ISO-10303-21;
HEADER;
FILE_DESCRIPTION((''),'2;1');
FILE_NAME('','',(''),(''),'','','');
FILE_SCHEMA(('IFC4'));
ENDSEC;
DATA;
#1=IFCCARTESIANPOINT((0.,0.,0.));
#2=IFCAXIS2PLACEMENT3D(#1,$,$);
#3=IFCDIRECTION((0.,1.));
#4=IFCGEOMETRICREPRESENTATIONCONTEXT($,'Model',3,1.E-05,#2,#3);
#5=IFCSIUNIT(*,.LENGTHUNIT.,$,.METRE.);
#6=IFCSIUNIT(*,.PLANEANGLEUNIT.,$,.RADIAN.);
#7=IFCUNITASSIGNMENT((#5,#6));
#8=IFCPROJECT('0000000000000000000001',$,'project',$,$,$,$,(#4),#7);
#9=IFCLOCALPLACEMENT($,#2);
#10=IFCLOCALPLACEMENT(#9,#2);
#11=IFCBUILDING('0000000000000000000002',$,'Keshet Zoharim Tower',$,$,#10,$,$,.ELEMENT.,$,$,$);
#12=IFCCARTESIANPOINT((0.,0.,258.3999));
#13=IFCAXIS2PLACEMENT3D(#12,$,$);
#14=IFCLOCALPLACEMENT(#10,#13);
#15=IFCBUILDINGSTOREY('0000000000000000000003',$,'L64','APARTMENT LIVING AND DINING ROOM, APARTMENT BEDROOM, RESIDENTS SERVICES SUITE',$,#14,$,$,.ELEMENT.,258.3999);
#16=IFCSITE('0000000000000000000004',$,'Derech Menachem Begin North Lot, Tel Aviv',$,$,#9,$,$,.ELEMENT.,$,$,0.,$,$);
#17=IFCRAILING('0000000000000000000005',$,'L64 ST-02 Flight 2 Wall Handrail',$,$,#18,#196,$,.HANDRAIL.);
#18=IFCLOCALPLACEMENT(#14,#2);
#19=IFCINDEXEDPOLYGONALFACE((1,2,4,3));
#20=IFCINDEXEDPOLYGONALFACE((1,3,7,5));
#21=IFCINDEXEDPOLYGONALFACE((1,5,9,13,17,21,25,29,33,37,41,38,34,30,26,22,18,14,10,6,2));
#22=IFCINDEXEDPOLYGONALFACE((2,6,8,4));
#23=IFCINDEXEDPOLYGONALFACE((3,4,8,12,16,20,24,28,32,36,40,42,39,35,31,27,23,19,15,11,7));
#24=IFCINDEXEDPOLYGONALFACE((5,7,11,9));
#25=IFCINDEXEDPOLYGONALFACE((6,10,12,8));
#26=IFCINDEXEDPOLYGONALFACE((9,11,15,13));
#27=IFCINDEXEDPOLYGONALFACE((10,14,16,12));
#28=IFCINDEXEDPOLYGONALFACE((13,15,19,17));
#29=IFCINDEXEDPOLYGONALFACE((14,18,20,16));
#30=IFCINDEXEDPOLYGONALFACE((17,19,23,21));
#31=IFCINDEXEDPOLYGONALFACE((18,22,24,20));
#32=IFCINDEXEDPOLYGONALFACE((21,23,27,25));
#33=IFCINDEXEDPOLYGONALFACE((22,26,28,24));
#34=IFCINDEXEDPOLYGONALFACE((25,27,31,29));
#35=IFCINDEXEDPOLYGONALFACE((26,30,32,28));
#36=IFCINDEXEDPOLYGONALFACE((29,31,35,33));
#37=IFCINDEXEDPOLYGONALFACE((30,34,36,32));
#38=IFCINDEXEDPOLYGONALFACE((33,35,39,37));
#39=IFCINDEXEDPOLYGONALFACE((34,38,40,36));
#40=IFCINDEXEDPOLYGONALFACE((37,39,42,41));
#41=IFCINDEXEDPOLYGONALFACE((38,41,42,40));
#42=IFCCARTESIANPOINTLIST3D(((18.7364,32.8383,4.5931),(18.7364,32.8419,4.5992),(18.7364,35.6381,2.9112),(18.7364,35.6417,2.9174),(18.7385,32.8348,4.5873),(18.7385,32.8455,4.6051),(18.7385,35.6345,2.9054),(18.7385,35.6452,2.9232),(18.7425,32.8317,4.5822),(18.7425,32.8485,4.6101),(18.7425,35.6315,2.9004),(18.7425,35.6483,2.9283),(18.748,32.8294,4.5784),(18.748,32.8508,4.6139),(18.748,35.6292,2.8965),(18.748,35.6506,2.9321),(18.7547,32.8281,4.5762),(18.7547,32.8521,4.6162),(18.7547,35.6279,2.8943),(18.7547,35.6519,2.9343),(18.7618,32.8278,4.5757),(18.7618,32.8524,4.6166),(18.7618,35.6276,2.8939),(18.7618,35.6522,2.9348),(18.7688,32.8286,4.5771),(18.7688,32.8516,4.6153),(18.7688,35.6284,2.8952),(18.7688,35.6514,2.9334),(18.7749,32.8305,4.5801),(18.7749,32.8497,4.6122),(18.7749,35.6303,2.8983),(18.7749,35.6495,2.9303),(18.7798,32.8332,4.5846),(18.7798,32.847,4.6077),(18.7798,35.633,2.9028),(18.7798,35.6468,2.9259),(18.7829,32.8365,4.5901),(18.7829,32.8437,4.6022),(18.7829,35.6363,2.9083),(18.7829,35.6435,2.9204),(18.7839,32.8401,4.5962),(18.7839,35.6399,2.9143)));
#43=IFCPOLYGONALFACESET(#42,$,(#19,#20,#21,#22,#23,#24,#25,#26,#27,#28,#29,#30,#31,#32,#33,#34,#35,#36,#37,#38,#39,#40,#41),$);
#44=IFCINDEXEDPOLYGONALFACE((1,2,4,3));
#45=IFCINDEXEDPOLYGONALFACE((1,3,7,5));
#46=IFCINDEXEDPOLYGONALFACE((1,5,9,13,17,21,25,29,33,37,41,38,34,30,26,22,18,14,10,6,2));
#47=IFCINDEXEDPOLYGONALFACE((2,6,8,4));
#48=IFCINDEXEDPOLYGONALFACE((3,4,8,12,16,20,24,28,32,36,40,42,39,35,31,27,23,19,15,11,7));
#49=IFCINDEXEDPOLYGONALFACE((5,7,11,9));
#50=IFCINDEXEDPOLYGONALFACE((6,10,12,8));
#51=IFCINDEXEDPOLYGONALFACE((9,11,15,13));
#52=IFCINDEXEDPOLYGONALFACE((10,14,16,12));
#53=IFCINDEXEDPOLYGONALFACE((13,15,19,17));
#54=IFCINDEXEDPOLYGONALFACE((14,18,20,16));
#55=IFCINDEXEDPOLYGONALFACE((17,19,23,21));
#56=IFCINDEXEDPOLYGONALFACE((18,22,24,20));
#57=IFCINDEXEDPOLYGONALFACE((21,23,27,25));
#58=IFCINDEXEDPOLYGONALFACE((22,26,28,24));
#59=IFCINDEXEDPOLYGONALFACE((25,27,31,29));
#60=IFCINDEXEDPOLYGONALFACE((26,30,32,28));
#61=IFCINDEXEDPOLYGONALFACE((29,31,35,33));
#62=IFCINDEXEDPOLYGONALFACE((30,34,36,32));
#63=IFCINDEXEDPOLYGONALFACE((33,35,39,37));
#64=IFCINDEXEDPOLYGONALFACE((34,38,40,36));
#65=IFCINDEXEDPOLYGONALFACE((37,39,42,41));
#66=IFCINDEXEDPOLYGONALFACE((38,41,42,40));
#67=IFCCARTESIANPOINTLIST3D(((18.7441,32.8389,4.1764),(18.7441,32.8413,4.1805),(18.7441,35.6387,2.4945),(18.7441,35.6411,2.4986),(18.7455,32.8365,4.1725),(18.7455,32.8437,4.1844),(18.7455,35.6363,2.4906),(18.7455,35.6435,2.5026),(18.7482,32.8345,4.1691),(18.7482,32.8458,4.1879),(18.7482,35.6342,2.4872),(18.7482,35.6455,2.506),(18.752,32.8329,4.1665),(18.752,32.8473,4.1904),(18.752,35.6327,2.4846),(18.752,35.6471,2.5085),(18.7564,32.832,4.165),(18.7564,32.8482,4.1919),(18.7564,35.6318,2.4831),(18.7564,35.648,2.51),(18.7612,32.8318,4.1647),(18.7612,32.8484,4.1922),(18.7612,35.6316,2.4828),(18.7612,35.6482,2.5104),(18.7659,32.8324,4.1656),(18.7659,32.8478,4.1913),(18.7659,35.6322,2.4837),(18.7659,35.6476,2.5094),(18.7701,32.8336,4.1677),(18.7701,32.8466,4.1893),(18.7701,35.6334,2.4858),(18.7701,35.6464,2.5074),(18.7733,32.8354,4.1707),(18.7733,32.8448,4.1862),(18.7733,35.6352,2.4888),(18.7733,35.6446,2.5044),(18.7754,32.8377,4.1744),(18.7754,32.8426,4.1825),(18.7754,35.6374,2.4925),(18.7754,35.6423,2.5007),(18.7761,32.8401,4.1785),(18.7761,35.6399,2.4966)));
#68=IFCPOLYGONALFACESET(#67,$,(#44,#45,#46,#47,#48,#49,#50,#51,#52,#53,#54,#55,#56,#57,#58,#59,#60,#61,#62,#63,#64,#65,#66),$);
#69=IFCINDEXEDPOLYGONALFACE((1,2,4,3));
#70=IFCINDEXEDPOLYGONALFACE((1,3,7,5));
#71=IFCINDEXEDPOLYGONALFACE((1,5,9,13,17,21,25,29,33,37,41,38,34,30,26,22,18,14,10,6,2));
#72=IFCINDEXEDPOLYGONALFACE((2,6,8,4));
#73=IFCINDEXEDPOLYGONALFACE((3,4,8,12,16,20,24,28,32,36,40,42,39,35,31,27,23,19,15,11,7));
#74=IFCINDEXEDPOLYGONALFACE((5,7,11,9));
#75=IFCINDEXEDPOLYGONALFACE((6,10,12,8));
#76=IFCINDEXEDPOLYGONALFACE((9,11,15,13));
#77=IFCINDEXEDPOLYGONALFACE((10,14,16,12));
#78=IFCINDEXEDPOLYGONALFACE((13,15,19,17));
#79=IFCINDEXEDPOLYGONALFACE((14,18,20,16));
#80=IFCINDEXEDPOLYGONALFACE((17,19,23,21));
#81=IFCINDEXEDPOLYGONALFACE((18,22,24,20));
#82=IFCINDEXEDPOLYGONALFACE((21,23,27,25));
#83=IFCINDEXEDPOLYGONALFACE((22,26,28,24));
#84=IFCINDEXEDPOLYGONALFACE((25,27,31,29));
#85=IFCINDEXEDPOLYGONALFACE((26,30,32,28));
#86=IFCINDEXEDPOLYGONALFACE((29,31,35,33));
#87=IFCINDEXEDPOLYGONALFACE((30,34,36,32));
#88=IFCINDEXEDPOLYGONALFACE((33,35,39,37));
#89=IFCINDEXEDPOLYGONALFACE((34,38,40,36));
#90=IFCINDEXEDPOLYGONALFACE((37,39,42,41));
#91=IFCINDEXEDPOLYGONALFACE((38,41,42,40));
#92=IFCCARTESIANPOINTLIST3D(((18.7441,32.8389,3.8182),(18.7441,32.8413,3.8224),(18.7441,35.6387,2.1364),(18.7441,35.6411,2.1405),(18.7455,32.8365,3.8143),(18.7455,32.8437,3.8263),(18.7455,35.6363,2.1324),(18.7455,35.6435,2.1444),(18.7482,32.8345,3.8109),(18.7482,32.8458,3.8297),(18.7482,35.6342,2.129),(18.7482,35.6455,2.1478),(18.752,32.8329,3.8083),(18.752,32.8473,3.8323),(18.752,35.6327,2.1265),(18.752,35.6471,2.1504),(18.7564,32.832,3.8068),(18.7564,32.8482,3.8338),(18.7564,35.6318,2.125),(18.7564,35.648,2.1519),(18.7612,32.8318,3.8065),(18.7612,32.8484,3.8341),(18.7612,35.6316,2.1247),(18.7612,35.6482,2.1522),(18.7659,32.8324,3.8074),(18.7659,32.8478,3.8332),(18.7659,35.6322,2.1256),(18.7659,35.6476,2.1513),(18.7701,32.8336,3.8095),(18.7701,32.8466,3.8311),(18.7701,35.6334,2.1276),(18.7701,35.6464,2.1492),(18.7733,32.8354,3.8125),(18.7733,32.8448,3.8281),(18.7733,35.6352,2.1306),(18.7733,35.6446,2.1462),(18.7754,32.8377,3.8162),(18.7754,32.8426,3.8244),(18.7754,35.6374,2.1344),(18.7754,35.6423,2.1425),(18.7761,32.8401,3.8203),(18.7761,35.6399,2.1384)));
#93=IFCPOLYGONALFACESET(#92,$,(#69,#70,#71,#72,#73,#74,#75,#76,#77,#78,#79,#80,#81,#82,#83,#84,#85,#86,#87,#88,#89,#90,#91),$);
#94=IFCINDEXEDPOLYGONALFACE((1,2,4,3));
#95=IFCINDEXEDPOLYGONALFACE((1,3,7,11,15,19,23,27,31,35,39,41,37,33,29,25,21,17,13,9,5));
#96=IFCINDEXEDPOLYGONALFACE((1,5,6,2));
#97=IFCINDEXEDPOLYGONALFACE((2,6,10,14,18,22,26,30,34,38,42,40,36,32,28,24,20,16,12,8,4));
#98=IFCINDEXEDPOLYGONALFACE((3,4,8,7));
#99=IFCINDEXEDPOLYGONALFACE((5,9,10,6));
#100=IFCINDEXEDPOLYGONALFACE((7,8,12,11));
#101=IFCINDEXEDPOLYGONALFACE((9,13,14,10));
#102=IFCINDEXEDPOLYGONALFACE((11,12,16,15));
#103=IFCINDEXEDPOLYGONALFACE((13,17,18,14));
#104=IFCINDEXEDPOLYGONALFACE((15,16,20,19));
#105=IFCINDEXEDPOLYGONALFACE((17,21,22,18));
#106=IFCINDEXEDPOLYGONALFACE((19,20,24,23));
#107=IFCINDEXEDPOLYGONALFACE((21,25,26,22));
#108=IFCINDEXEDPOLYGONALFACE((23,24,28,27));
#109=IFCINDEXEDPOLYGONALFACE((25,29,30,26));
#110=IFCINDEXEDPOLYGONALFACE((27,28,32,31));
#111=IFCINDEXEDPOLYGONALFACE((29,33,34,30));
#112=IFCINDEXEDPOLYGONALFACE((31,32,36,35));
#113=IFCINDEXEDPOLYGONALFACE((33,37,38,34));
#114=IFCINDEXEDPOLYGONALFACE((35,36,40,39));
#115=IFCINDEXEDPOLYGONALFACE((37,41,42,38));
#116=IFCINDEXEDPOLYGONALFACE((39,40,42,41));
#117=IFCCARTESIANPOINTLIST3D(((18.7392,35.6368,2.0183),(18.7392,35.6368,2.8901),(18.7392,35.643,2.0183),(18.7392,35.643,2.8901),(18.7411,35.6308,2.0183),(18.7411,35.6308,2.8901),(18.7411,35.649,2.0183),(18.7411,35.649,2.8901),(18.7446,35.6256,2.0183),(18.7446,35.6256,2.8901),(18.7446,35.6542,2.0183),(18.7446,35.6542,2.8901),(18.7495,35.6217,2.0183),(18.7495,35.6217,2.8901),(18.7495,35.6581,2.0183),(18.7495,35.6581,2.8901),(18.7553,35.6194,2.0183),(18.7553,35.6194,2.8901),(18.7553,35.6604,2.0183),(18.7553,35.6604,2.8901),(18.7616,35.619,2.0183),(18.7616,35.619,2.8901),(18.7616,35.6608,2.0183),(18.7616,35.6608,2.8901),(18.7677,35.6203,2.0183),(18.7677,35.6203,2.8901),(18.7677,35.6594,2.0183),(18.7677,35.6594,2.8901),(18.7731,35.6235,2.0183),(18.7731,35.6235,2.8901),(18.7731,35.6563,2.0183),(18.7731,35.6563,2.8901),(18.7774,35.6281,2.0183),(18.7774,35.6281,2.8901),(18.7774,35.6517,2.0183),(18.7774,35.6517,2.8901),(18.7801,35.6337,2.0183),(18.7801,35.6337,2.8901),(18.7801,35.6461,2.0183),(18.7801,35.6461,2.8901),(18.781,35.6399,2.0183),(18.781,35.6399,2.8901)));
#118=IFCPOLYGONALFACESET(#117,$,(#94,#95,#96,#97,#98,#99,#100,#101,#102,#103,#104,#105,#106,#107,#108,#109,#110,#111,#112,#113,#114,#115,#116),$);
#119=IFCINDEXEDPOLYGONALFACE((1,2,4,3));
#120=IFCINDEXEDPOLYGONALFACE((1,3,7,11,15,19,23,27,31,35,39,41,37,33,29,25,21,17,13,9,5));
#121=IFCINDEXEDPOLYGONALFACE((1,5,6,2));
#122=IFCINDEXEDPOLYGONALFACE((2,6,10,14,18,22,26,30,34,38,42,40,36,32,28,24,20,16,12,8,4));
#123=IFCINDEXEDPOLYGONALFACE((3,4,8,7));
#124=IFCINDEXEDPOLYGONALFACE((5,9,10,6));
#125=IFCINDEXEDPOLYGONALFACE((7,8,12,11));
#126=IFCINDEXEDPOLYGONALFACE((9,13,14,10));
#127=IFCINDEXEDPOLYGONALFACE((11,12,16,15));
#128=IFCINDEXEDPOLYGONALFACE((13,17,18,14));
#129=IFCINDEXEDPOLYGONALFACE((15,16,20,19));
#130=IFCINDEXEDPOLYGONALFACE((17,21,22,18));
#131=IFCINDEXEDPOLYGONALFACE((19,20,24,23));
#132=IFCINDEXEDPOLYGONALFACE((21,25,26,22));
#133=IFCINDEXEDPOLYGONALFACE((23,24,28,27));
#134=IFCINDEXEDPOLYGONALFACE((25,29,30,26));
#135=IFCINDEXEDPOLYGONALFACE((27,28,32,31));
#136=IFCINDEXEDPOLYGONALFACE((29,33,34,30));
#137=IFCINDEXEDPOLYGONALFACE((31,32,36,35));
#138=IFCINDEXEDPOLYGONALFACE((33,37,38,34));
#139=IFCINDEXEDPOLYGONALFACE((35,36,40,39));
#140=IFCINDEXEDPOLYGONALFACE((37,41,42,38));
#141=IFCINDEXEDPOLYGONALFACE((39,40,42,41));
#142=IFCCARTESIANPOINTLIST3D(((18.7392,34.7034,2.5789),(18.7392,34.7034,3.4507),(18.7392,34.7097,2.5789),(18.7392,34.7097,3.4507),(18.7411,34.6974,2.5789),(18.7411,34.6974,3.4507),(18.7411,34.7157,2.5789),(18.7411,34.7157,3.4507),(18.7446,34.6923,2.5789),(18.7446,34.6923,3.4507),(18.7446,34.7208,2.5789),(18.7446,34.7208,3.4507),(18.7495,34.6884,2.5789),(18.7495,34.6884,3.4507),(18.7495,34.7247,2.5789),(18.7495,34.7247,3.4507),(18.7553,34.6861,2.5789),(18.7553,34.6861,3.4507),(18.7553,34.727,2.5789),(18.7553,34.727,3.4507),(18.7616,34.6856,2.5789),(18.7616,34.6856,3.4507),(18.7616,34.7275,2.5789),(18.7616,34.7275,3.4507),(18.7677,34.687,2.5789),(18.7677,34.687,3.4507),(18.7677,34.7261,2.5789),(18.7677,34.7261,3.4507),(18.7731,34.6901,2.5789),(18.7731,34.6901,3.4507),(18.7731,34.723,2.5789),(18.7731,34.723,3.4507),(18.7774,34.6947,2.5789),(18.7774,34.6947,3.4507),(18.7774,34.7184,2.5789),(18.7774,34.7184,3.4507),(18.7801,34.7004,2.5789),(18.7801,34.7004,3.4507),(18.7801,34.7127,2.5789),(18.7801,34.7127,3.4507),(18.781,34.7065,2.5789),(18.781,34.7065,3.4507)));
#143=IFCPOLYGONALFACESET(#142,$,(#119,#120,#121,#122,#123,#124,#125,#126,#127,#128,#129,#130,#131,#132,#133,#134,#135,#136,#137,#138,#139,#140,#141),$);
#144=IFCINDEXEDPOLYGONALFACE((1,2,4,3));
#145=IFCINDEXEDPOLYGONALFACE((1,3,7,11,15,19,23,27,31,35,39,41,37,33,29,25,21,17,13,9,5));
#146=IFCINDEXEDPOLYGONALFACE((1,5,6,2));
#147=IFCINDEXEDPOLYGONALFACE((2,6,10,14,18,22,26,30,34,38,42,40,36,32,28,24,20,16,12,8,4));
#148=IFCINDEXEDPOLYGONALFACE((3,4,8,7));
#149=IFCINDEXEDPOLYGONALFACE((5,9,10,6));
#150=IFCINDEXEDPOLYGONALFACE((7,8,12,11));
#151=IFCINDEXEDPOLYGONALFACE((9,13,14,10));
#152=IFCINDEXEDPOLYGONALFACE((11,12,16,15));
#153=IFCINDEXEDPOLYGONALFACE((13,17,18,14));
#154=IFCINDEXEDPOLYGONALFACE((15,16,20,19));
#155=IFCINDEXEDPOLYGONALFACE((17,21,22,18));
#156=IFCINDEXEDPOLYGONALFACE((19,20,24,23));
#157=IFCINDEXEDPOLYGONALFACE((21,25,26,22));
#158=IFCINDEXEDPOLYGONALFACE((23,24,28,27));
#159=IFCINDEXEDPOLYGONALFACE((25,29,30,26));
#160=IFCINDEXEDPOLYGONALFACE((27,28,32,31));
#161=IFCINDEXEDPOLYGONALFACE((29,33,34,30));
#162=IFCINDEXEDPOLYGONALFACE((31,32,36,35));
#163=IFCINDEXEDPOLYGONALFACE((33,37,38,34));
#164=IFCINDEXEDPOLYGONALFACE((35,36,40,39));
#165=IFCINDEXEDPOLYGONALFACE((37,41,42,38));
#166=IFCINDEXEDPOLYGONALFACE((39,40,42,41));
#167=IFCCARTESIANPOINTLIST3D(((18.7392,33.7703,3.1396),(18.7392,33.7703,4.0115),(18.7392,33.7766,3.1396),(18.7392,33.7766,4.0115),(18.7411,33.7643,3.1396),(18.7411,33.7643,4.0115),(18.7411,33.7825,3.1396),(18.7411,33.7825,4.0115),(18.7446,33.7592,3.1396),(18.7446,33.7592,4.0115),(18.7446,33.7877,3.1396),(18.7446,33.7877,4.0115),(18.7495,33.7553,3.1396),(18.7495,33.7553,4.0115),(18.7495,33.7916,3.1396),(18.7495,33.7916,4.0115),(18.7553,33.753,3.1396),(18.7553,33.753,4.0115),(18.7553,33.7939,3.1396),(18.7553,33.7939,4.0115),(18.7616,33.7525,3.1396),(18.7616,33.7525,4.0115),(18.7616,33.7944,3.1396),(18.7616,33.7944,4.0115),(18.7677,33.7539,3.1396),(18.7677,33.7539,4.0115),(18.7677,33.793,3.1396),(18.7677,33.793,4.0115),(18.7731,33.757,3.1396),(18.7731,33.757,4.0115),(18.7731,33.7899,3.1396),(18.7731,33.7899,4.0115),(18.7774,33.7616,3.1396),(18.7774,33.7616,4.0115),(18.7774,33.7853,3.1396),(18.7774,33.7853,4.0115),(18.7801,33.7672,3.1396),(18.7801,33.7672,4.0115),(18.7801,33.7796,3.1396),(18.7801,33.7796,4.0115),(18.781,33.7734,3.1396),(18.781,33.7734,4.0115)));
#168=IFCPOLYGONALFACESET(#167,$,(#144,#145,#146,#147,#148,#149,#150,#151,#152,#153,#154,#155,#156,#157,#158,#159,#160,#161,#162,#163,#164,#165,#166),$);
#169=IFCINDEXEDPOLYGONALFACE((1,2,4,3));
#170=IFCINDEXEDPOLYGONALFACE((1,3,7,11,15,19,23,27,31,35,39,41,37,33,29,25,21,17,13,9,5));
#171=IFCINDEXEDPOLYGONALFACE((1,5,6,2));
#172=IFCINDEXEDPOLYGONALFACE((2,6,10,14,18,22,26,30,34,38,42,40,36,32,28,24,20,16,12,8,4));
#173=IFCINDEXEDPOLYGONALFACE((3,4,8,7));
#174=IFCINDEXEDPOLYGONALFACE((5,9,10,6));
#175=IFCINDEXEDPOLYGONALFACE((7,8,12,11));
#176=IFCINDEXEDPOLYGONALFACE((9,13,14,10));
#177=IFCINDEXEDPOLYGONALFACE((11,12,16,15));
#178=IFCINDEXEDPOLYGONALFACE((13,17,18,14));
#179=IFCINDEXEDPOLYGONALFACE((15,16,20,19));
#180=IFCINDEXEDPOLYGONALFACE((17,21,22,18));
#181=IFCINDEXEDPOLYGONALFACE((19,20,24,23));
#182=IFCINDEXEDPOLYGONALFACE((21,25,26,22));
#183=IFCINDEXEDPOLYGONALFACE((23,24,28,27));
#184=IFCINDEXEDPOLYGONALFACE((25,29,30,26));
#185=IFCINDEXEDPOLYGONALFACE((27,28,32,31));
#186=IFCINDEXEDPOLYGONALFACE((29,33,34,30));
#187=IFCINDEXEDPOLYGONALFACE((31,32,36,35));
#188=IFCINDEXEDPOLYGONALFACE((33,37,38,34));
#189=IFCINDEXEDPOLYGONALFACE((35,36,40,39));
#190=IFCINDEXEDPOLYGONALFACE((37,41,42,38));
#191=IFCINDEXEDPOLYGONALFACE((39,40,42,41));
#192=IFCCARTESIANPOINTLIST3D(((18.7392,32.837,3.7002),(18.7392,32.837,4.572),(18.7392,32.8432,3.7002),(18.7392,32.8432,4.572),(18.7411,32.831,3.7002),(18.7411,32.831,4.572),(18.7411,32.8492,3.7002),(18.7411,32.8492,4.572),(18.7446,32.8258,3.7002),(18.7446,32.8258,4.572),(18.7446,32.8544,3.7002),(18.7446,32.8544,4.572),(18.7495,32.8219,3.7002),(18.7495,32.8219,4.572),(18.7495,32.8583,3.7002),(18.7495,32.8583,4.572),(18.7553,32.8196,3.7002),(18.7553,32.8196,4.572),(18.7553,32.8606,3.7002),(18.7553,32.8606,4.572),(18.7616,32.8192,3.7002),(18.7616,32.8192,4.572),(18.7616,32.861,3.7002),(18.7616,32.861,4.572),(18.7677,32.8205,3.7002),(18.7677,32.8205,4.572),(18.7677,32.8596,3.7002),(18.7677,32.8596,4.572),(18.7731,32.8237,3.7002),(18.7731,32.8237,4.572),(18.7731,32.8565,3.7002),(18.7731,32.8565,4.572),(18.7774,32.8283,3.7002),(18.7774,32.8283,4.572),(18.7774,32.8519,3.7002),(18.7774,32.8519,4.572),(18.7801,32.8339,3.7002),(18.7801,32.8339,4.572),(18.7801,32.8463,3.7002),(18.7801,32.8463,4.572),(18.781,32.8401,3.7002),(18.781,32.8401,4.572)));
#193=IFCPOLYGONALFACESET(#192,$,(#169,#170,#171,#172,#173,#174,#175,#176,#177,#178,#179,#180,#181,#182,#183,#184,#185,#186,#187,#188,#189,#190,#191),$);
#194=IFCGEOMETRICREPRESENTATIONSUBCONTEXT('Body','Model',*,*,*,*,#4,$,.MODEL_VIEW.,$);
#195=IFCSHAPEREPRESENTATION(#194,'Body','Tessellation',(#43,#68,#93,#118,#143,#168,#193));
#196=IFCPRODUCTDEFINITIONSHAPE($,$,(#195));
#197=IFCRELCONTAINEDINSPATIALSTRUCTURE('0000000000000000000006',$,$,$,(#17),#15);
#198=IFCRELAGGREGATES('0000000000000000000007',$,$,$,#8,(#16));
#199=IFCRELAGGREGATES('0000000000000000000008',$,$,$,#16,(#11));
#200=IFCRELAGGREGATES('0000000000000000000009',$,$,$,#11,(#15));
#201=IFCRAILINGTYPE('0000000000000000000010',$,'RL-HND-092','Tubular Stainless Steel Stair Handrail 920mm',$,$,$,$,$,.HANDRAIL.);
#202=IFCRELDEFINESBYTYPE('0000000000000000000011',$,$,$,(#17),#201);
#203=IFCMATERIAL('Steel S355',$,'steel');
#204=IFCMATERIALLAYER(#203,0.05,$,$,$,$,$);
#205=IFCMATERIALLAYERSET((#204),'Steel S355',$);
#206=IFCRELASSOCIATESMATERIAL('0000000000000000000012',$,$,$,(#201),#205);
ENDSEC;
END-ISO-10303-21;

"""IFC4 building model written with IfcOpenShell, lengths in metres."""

from ifc_helpers import new_model, si_unit, direction, frame, origin, origin_2d, place, context, subcontext, project, spatial, circle, extrude, material, layer, layer_set, type_object, element, save


model = new_model("IFC4")

# Units and contexts
model_context = context("Model", 3, precision=1e-05, world=origin(), true_north=direction((0.0, 1.0)))
body_context = subcontext(model_context, "Body", "Model", "MODEL_VIEW")
ifc_project = project(units=[si_unit("LENGTHUNIT", "METRE"), si_unit("PLANEANGLEUNIT", "RADIAN")], contexts=[model_context])

# Site, building, storey
site_placement = place(None, origin())
site = spatial("IfcSite", under=ifc_project, at=site_placement, Name="Derech Menachem Begin North Lot, Tel Aviv", CompositionType="ELEMENT", RefElevation=0.0)
building_placement = place(site_placement, origin())
building = spatial("IfcBuilding", under=site, at=building_placement, Name="Keshet Zoharim Tower", CompositionType="ELEMENT")
storey_placement = place(building_placement, frame((0.0, 0.0, 258.3999)))
storey = spatial("IfcBuildingStorey", under=building, at=storey_placement, Name="L64", Description="APARTMENT LIVING AND DINING ROOM, APARTMENT BEDROOM, RESIDENTS SERVICES SUITE", CompositionType="ELEMENT", Elevation=258.3999)

# Shared definitions
ifc_material_1 = material(Name="Steel S355", Category="steel")

# Railing
ifc_layer_1 = layer(ifc_material_1, 0.05)
ifc_layer_set_1 = layer_set([ifc_layer_1], Name="Steel S355")
railing_type_1 = type_object("IfcRailingType", Name="RL-HND-092", Description="Tubular Stainless Steel Stair Handrail 920mm", PredefinedType="HANDRAIL", material=ifc_layer_set_1)
railing_1_placement = place(storey_placement, frame((18.76, 35.6399, 2.0183)))
element("IfcRailing", 1, at=railing_1_placement, inside=storey, type_object=railing_type_1, Name="L64 ST-02 Flight 2 Wall Handrail", PredefinedType="HANDRAIL", context=body_context, shape_type="SweptSolid", body=[
    extrude(circle(Radius=0.0239, at=origin_2d()), frame((0.0, 0.0, 0.896), z_axis=(0.0, -0.857222, 0.514946), x_axis=(1.0, 0.0, 0.0)), (0.0, 0.0, 1.0), 3.2661),
    extrude(circle(Radius=0.0161, at=origin_2d()), frame((0.0, 0.0, 0.4783), z_axis=(0.0, -0.857222, 0.514946), x_axis=(1.0, 0.0, 0.0)), (0.0, 0.0, 1.0), 3.2661),
    extrude(circle(Radius=0.0161, at=origin_2d()), frame((0.0, 0.0, 0.1201), z_axis=(0.0, -0.857222, 0.514946), x_axis=(1.0, 0.0, 0.0)), (0.0, 0.0, 1.0), 3.2661),
    extrude(circle(Radius=0.021, at=origin_2d()), origin(), (0.0, 0.0, 1.0), 0.8718),
    extrude(circle(Radius=0.021, at=origin_2d()), frame((0.0, -0.9333, 0.5605)), (0.0, 0.0, 1.0), 0.8718),
    extrude(circle(Radius=0.021, at=origin_2d()), frame((0.0, -1.8665, 1.1213)), (0.0, 0.0, 1.0), 0.8718),
    extrude(circle(Radius=0.021, at=origin_2d()), frame((0.0, -2.7998, 1.6819)), (0.0, 0.0, 1.0), 0.8718),
])

save(model, "model.ifc")
